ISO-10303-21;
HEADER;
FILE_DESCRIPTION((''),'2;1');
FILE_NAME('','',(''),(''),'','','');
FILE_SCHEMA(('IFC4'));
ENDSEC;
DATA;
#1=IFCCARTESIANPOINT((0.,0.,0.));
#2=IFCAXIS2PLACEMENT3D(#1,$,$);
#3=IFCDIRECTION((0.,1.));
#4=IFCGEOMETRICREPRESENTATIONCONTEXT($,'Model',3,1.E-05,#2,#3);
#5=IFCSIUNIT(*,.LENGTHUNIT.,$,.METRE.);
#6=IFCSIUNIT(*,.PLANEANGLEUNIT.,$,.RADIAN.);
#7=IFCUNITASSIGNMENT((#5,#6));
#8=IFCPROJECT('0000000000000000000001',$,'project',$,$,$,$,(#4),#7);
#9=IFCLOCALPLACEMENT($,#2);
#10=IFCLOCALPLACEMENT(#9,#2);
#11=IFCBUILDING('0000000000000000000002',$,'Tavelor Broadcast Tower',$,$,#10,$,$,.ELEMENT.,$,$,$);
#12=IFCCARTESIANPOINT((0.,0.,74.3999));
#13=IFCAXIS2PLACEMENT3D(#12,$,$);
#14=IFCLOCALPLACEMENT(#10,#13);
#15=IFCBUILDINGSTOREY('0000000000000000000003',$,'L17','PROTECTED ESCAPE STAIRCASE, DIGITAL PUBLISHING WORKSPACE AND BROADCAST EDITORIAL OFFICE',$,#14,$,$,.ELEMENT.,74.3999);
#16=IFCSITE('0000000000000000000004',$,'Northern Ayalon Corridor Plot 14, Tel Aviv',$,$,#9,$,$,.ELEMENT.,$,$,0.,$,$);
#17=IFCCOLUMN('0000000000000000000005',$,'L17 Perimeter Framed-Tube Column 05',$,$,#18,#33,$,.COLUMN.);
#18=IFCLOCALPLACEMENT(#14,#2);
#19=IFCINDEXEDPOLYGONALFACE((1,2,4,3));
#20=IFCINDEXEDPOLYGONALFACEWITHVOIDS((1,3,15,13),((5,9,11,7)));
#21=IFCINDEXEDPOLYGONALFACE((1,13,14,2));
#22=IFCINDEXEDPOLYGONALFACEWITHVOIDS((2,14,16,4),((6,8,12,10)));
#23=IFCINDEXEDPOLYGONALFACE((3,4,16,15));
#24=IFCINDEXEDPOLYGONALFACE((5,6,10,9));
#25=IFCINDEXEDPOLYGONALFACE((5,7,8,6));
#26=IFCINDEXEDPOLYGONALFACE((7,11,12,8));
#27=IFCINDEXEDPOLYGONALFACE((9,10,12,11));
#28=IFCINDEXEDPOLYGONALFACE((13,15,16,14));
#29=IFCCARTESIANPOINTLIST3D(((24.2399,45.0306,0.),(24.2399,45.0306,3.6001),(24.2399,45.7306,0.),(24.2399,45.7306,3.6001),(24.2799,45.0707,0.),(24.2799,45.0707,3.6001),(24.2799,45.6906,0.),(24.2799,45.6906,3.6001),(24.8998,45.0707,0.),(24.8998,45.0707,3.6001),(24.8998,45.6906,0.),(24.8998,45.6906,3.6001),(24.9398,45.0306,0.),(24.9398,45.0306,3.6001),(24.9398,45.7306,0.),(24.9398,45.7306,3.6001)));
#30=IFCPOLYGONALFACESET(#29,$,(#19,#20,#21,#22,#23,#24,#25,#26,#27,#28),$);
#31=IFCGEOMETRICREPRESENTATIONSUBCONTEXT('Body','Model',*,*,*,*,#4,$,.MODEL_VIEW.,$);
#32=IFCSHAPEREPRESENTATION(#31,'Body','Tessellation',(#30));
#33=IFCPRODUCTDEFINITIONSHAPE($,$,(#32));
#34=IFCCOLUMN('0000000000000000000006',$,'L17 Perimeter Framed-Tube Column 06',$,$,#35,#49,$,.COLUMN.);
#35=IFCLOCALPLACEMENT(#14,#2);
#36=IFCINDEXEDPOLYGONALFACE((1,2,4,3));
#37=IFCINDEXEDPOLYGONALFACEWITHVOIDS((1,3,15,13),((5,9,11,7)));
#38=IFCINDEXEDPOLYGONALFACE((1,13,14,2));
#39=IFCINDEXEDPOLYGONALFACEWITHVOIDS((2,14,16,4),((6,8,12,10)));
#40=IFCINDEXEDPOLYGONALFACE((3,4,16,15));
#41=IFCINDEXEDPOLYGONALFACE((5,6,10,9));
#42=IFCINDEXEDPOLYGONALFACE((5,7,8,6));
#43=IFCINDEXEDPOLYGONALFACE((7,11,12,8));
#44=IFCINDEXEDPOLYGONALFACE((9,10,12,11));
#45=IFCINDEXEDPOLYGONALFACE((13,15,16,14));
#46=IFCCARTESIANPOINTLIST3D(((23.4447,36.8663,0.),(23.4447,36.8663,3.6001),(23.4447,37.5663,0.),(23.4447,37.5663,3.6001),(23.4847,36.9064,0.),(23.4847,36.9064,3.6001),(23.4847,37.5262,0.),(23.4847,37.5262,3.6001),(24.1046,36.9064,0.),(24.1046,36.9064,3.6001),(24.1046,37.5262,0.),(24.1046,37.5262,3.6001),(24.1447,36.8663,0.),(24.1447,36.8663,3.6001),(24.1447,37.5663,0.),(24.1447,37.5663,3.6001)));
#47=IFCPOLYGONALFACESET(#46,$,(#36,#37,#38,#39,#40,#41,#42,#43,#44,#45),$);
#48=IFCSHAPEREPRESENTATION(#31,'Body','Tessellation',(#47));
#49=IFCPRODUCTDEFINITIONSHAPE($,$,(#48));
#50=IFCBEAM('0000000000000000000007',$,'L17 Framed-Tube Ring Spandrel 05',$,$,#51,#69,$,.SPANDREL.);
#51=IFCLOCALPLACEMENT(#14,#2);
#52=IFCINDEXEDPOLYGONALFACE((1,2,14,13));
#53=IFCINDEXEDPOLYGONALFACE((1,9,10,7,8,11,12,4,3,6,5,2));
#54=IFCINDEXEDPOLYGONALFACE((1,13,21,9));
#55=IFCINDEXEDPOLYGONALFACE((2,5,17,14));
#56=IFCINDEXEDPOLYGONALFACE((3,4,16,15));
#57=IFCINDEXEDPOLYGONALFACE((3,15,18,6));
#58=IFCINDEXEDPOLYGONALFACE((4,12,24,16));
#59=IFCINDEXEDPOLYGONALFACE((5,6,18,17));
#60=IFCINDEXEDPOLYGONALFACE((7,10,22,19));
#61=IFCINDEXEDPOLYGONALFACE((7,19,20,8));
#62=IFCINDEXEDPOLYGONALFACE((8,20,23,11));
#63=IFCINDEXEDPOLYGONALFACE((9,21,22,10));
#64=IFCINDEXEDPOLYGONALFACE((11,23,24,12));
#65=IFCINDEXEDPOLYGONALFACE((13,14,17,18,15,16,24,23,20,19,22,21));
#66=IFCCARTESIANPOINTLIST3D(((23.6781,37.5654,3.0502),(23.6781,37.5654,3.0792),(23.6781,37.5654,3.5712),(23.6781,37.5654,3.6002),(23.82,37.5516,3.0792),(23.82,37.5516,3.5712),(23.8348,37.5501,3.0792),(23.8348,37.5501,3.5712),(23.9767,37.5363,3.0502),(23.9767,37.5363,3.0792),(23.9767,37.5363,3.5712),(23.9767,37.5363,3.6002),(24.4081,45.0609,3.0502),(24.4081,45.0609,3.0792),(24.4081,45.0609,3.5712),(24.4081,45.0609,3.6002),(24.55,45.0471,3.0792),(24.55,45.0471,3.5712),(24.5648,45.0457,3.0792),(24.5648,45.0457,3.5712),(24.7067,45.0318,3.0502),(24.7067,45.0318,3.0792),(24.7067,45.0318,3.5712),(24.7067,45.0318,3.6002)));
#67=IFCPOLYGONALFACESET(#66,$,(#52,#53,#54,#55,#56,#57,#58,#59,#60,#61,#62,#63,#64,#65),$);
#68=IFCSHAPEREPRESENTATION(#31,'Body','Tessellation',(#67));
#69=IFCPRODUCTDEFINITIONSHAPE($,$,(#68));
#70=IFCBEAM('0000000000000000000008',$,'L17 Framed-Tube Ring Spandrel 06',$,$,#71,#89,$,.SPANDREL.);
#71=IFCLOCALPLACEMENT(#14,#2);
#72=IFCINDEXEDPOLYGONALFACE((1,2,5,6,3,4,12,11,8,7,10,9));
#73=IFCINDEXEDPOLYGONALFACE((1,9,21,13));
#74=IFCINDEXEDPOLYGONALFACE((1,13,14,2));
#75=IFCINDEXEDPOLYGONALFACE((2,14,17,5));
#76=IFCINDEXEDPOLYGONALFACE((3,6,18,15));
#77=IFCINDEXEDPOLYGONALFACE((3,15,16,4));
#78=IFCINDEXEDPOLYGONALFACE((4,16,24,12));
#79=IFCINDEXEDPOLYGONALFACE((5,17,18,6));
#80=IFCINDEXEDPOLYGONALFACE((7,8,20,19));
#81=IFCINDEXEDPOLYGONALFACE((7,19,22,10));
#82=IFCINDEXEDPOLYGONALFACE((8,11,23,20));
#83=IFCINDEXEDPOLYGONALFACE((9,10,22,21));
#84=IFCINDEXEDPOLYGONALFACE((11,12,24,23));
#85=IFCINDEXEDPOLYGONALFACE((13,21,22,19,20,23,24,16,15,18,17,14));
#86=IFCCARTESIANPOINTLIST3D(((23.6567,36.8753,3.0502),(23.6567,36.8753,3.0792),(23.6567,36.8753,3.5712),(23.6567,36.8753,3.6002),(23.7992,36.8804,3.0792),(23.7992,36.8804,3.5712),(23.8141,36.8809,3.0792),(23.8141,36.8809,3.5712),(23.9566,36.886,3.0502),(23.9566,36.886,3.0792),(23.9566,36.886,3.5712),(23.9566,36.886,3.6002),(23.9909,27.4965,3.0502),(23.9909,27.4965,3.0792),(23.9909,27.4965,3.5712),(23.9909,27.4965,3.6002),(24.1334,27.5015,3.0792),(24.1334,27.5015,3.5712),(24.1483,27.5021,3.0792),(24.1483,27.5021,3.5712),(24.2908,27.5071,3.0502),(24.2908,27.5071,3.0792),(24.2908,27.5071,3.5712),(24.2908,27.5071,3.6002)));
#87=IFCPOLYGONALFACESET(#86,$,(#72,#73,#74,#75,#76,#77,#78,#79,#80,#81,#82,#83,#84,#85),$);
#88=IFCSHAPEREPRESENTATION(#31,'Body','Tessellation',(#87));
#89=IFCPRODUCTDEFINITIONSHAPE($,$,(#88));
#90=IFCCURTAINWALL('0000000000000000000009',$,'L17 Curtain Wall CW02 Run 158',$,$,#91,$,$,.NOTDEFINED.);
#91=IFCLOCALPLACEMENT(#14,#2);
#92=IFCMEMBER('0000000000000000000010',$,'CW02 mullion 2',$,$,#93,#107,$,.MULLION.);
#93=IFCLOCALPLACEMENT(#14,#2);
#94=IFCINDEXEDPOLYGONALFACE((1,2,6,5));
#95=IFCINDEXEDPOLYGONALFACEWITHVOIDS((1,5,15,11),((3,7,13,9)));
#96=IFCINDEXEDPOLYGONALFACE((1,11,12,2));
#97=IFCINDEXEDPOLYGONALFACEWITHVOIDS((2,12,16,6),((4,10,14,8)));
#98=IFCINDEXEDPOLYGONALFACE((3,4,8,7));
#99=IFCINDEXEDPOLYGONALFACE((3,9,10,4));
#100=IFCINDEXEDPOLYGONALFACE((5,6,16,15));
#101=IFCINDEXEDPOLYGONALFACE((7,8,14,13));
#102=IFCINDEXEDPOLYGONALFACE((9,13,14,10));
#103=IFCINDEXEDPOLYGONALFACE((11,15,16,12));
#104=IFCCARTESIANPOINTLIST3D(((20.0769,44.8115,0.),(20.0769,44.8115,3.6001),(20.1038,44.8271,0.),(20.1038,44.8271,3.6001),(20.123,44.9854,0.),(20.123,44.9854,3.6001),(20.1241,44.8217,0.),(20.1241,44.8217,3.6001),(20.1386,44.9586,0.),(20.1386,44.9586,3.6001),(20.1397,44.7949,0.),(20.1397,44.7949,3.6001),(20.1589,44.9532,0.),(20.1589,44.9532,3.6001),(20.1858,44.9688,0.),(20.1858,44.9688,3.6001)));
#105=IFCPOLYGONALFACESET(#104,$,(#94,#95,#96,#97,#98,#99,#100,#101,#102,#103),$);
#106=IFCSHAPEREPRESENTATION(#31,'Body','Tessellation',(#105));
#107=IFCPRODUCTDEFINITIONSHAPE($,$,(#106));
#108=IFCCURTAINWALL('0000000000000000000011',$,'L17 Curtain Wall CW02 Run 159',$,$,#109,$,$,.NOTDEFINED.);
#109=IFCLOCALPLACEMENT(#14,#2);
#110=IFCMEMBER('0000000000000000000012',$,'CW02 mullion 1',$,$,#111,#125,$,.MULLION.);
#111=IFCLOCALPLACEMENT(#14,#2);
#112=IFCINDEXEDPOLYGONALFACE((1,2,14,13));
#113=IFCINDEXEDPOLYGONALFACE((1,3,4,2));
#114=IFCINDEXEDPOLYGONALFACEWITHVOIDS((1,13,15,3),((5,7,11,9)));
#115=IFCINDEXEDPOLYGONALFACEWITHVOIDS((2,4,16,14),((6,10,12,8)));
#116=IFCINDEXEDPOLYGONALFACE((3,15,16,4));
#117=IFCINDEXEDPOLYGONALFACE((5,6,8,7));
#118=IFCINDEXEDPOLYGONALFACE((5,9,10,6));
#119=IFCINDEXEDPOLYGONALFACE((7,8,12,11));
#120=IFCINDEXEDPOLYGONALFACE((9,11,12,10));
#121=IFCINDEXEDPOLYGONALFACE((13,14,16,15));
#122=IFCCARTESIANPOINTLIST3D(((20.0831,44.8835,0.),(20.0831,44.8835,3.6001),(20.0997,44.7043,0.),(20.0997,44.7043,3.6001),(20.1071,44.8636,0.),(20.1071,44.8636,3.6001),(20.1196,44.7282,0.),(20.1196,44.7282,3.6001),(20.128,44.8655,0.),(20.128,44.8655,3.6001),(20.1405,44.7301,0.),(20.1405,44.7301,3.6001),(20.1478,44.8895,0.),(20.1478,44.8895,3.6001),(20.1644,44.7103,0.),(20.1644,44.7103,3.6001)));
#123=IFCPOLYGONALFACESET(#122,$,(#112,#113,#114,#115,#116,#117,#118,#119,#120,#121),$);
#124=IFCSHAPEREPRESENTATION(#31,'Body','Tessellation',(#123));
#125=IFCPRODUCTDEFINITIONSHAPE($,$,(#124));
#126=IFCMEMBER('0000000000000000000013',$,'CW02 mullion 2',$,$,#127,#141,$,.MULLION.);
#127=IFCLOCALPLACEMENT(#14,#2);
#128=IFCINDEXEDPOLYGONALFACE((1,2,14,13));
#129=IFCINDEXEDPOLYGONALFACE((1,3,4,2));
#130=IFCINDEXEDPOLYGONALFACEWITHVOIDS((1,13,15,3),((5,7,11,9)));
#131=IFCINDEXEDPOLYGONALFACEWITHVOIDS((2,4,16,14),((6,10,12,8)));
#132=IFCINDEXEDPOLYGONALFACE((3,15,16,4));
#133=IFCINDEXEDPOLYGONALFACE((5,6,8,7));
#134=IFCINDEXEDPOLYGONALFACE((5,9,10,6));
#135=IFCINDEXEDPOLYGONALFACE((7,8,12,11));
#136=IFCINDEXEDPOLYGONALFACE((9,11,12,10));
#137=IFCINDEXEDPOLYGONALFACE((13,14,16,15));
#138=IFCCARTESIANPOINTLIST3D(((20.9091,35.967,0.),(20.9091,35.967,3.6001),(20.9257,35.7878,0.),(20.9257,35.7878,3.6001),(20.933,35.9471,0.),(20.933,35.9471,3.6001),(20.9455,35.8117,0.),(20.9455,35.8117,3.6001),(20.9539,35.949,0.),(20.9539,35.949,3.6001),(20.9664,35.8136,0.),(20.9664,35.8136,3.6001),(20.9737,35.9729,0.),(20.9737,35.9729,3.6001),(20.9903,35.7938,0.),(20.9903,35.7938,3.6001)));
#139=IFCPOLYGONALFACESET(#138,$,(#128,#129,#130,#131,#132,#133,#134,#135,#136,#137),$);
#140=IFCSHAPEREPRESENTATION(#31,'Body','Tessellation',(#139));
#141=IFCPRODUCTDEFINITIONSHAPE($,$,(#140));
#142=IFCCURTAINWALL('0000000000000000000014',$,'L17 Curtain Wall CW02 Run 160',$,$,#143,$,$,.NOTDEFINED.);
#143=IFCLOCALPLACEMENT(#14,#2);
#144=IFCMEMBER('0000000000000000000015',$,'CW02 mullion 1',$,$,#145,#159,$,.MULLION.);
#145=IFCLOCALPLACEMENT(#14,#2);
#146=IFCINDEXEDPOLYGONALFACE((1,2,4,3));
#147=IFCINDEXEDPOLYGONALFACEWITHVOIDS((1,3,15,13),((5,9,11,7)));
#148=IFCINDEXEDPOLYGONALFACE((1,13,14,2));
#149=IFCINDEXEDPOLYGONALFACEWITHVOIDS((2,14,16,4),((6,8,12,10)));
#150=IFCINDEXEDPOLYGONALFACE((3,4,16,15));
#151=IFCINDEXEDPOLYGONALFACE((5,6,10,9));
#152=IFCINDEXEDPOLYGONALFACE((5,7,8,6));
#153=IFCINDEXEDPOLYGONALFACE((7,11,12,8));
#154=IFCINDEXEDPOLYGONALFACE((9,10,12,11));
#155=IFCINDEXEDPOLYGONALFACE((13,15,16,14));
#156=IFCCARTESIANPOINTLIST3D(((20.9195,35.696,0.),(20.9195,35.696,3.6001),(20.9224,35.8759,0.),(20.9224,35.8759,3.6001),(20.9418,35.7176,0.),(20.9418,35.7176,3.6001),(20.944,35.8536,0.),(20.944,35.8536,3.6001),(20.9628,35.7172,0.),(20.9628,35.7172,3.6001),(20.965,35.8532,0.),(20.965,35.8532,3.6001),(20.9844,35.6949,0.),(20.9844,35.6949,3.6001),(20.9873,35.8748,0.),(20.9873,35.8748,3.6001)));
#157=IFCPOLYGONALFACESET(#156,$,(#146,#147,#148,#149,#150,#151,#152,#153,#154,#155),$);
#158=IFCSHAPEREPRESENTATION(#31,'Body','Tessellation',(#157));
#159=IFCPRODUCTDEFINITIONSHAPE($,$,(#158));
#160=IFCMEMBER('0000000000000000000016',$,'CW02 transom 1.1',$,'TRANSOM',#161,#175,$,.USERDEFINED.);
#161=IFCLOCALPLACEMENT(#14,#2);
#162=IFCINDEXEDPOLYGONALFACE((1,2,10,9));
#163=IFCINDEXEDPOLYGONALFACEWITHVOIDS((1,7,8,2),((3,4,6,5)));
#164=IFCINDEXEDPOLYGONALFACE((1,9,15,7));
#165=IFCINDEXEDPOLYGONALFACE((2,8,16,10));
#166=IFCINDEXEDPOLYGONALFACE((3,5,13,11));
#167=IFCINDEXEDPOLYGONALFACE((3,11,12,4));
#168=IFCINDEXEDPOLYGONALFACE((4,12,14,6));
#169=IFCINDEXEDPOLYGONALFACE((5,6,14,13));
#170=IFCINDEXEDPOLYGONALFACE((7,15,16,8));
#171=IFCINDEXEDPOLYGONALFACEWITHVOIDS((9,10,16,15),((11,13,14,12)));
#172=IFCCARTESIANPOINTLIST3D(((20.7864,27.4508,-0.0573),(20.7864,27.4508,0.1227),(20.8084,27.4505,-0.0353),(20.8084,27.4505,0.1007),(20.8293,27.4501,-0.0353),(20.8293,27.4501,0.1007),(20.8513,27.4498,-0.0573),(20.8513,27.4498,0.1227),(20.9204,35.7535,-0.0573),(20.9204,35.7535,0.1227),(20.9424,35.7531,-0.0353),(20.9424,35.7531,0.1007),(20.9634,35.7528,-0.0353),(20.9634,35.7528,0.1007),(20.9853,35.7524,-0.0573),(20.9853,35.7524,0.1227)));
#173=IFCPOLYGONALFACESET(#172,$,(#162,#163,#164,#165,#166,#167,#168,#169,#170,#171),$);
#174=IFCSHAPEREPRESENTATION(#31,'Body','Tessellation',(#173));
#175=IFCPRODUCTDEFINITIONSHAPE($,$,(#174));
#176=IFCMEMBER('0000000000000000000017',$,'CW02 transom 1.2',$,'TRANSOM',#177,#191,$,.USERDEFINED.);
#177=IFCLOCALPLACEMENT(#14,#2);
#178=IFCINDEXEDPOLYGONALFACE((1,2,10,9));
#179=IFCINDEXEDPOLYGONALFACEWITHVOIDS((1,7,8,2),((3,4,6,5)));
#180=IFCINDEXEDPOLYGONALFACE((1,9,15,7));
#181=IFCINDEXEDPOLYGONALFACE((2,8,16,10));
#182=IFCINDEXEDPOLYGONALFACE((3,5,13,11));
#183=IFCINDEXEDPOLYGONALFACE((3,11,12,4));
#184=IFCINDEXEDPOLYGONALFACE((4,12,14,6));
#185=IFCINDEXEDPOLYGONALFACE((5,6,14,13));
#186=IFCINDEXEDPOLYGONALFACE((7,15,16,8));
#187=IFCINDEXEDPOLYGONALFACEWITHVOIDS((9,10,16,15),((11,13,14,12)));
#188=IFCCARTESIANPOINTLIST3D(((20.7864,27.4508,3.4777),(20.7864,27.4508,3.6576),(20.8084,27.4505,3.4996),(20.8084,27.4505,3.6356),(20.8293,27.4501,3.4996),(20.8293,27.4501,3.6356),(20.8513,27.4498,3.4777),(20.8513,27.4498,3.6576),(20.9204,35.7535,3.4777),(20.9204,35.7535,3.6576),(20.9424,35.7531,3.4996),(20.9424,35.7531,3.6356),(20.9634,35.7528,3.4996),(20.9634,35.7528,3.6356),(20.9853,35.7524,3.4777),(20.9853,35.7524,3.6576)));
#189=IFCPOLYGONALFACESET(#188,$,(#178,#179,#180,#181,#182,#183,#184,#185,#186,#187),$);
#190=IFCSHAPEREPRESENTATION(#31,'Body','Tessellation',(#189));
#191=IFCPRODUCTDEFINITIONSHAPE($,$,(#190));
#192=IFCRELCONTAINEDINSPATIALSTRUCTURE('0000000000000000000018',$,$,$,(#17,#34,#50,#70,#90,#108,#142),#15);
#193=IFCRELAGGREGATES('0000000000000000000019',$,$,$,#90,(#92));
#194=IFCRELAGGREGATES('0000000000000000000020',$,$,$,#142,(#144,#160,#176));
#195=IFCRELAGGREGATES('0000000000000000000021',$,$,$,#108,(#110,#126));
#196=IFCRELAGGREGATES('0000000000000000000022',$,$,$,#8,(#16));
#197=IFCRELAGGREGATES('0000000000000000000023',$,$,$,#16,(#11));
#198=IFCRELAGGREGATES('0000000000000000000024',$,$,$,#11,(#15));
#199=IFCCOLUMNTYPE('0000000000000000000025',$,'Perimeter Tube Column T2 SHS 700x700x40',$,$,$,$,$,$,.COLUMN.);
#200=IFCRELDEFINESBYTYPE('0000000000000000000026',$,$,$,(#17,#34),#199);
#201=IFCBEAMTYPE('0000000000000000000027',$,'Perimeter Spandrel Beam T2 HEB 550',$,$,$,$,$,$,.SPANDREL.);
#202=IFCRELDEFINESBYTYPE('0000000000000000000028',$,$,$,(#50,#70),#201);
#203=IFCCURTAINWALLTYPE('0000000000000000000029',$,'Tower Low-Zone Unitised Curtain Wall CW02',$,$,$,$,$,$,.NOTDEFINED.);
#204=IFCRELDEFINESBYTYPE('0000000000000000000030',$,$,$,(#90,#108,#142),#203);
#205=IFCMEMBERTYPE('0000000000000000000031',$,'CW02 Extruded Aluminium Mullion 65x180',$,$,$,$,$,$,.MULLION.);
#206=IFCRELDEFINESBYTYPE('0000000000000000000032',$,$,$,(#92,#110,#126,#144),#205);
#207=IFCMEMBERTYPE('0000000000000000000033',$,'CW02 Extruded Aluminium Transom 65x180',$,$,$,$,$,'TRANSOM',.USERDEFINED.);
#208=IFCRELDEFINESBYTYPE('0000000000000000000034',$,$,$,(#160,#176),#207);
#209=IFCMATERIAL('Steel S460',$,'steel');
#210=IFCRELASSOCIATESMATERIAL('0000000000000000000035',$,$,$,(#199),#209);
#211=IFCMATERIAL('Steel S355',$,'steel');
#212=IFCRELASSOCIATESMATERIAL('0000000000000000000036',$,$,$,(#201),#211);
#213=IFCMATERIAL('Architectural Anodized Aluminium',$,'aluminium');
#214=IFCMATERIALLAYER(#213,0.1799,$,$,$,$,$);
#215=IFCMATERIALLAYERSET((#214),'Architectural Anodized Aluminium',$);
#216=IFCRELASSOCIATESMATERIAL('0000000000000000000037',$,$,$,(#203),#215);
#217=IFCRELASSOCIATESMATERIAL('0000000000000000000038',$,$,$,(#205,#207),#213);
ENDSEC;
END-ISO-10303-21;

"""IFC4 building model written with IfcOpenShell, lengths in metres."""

from ifc_helpers import new_model, si_unit, direction, frame, origin, origin_2d, place, context, subcontext, project, spatial, hollow_rectangle, i_section, extrude, source, transform, mapped, material, layer, layer_set, material_profile, profile_set, type_object, type_shapes, element, aggregate, save


model = new_model("IFC4")

# Units and contexts
model_context = context("Model", 3, precision=1e-05, world=origin(), true_north=direction((0.0, 1.0)))
body_context = subcontext(model_context, "Body", "Model", "MODEL_VIEW")
ifc_project = project(units=[si_unit("LENGTHUNIT", "METRE"), si_unit("PLANEANGLEUNIT", "RADIAN")], contexts=[model_context])

# Site, building, storey
site_placement = place(None, origin())
site = spatial("IfcSite", under=ifc_project, at=site_placement, Name="Northern Ayalon Corridor Plot 14, Tel Aviv", CompositionType="ELEMENT", RefElevation=0.0)
building_placement = place(site_placement, origin())
building = spatial("IfcBuilding", under=site, at=building_placement, Name="Tavelor Broadcast Tower", CompositionType="ELEMENT")
storey_placement = place(building_placement, frame((0.0, 0.0, 74.3999)))
storey = spatial("IfcBuildingStorey", under=building, at=storey_placement, Name="L17", Description="PROTECTED ESCAPE STAIRCASE, DIGITAL PUBLISHING WORKSPACE AND BROADCAST EDITORIAL OFFICE", CompositionType="ELEMENT", Elevation=74.3999)

# Columns
ifc_material_1 = material(Name="Steel S460", Category="steel")
ifc_material_profile_1 = material_profile(ifc_material_1, hollow_rectangle(XDim=0.7, YDim=0.7, WallThickness=0.04, at=origin_2d()), Name="SHS 700x700x40")
ifc_profile_set_1 = profile_set([ifc_material_profile_1], Name="Steel S460")
column_type = type_object("IfcColumnType", Name="Perimeter Tube Column T2 SHS 700x700x40", PredefinedType="COLUMN", material=ifc_profile_set_1)
for number, where, z_axis, x_axis, name in (
    (1, (24.5898, 45.3806, 0.0), (0.0, 0.0, 1.0), (1.0, 0.0, 0.0), "L17 Perimeter Framed-Tube Column 05"),
    (2, (23.7947, 37.2163, 0.0), (0.0, 0.0, 1.0), (1.0, 0.0, 0.0), "L17 Perimeter Framed-Tube Column 06"),
):
    element("IfcColumn", number, at=place(storey_placement, frame(where, z_axis=z_axis, x_axis=x_axis)), inside=storey, type_object=column_type, Name=name, PredefinedType="COLUMN", context=body_context, shape_type="SweptSolid", body=[
        extrude(hollow_rectangle(XDim=0.7, YDim=0.7, WallThickness=0.04, at=origin_2d()), origin(), (0.0, 0.0, 1.0), 3.6001),
    ])

# Beams
ifc_material_2 = material(Name="Steel S355", Category="steel")
ifc_material_profile_2 = material_profile(ifc_material_2, i_section(OverallWidth=0.3, OverallDepth=0.55, WebThickness=0.0149, FlangeThickness=0.0291, at=origin_2d()), Name="HEB 550")
ifc_profile_set_2 = profile_set([ifc_material_profile_2], Name="Steel S355")
beam_type = type_object("IfcBeamType", Name="Perimeter Spandrel Beam T2 HEB 550", PredefinedType="SPANDREL", material=ifc_profile_set_2)
beam_1_placement = place(storey_placement, frame((24.5574, 45.0464, 3.3252), z_axis=(-0.096929, -0.995291, 0.0), x_axis=(0.995291, -0.096929, 0.0)))
element("IfcBeam", 3, at=beam_1_placement, inside=storey, type_object=beam_type, Name="L17 Framed-Tube Ring Spandrel 05", PredefinedType="SPANDREL", context=body_context, shape_type="SweptSolid", body=[
    extrude(i_section(OverallWidth=0.3, OverallDepth=0.55, WebThickness=0.0149, FlangeThickness=0.0291, at=origin_2d()), origin(), (0.0, 0.0, 1.0), 7.531),
])
beam_2_placement = place(storey_placement, frame((23.8066, 36.8806, 3.3252), z_axis=(0.035614, -0.999366, 0.0), x_axis=(0.999366, 0.035614, 0.0)))
element("IfcBeam", 4, at=beam_2_placement, inside=storey, type_object=beam_type, Name="L17 Framed-Tube Ring Spandrel 06", PredefinedType="SPANDREL", context=body_context, shape_type="SweptSolid", body=[
    extrude(i_section(OverallWidth=0.3, OverallDepth=0.55, WebThickness=0.0149, FlangeThickness=0.0291, at=origin_2d()), origin(), (0.0, 0.0, 1.0), 9.3848),
])

# Curtain wall, member
ifc_material_3 = material(Name="Architectural Anodized Aluminium", Category="aluminium")
ifc_layer_1 = layer(ifc_material_3, 0.1799)
ifc_layer_set_1 = layer_set([ifc_layer_1], Name="Architectural Anodized Aluminium")
curtain_wall_type = type_object("IfcCurtainWallType", Name="Tower Low-Zone Unitised Curtain Wall CW02", PredefinedType="NOTDEFINED", material=ifc_layer_set_1)
curtain_wall_1_placement = place(storey_placement, origin())
curtain_wall_1 = element("IfcCurtainWall", 5, at=curtain_wall_1_placement, inside=storey, type_object=curtain_wall_type, Name="L17 Curtain Wall CW02 Run 158", PredefinedType="NOTDEFINED")
ifc_material_profile_3 = material_profile(ifc_material_3, hollow_rectangle(XDim=0.0649, YDim=0.1799, WallThickness=0.022, at=origin_2d()), Name="RHS 65x180x22")
ifc_profile_set_3 = profile_set([ifc_material_profile_3], Name="Architectural Anodized Aluminium")
member_type_1 = type_object("IfcMemberType", Name="CW02 Extruded Aluminium Mullion 65x180", PredefinedType="MULLION", material=ifc_profile_set_3)
shared_shape_1 = source(origin(), body_context, "Body", "SweptSolid", [
    extrude(hollow_rectangle(XDim=0.0649, YDim=0.1799, WallThickness=0.022, at=origin_2d()), origin(), (0.0, 0.0, 1.0), 3.6001),
])
type_shapes(member_type_1, [shared_shape_1])
member_1_placement = place(storey_placement, frame((20.1313, 44.8901, 0.0), z_axis=(0.0, 0.0, 1.0), x_axis=(0.96671, -0.255875, 0.0)))
member_1 = element("IfcMember", 6, at=member_1_placement, type_object=member_type_1, Name="CW02 mullion 2", PredefinedType="MULLION", context=body_context, shape_type="MappedRepresentation", body=[
    mapped(shared_shape_1, transform((0.0, 0.0, 0.0), scale=1.0)),
])
aggregate(curtain_wall_1, [member_1])

# Curtain walls, members
curtain_wall_2_placement = place(storey_placement, origin())
curtain_wall_2 = element("IfcCurtainWall", 7, at=curtain_wall_2_placement, inside=storey, type_object=curtain_wall_type, Name="L17 Curtain Wall CW02 Run 159", PredefinedType="NOTDEFINED")
member_2_placement = place(storey_placement, frame((20.1238, 44.7969, 0.0), z_axis=(0.0, 0.0, 1.0), x_axis=(0.995737, 0.092242, 0.0)))
member_2 = element("IfcMember", 8, at=member_2_placement, type_object=member_type_1, Name="CW02 mullion 1", PredefinedType="MULLION", context=body_context, shape_type="MappedRepresentation", body=[
    mapped(shared_shape_1, transform((0.0, 0.0, 0.0), scale=1.0)),
])
member_3_placement = place(storey_placement, frame((20.9497, 35.8804, 0.0), z_axis=(0.0, 0.0, 1.0), x_axis=(0.995737, 0.092242, 0.0)))
member_3 = element("IfcMember", 9, at=member_3_placement, type_object=member_type_1, Name="CW02 mullion 2", PredefinedType="MULLION", context=body_context, shape_type="MappedRepresentation", body=[
    mapped(shared_shape_1, transform((0.0, 0.0, 0.0), scale=1.0)),
])
curtain_wall_3_placement = place(storey_placement, origin())
curtain_wall_3 = element("IfcCurtainWall", 10, at=curtain_wall_3_placement, inside=storey, type_object=curtain_wall_type, Name="L17 Curtain Wall CW02 Run 160", PredefinedType="NOTDEFINED")
member_4_placement = place(storey_placement, frame((20.9534, 35.7854, 0.0), z_axis=(0.0, 0.0, 1.0), x_axis=(0.99987, -0.016126, 0.0)))
member_4 = element("IfcMember", 11, at=member_4_placement, type_object=member_type_1, Name="CW02 mullion 1", PredefinedType="MULLION", context=body_context, shape_type="MappedRepresentation", body=[
    mapped(shared_shape_1, transform((0.0, 0.0, 0.0), scale=1.0)),
])
ifc_material_profile_4 = material_profile(ifc_material_3, hollow_rectangle(XDim=0.0649, YDim=0.1799, WallThickness=0.022, at=origin_2d()), Name="RHS 65x180x22")
ifc_profile_set_4 = profile_set([ifc_material_profile_4], Name="Architectural Anodized Aluminium")
member_type_2 = type_object("IfcMemberType", Name="CW02 Extruded Aluminium Transom 65x180", ElementType="TRANSOM", PredefinedType="USERDEFINED", material=ifc_profile_set_4)
shared_shape_2 = source(origin(), body_context, "Body", "SweptSolid", [
    extrude(hollow_rectangle(XDim=0.0649, YDim=0.1799, WallThickness=0.022, at=origin_2d()), origin(), (0.0, 0.0, 1.0), 8.3037),
])
member_5_placement = place(storey_placement, frame((20.9529, 35.7529, 0.0327), z_axis=(-0.016141, -0.99987, 0.0), x_axis=(0.99987, -0.016141, 0.0)))
member_5 = element("IfcMember", 12, at=member_5_placement, type_object=member_type_2, Name="CW02 transom 1.1", ObjectType="TRANSOM", PredefinedType="USERDEFINED", context=body_context, shape_type="MappedRepresentation", body=[
    mapped(shared_shape_2, transform((0.0, 0.0, 0.0), scale=1.0)),
])
member_6_placement = place(storey_placement, frame((20.9529, 35.7529, 3.5676), z_axis=(-0.016141, -0.99987, 0.0), x_axis=(0.99987, -0.016141, 0.0)))
member_6 = element("IfcMember", 13, at=member_6_placement, type_object=member_type_2, Name="CW02 transom 1.2", ObjectType="TRANSOM", PredefinedType="USERDEFINED", context=body_context, shape_type="MappedRepresentation", body=[
    mapped(shared_shape_2, transform((0.0, 0.0, 0.0), scale=1.0)),
])

aggregate(curtain_wall_3, [member_4, member_5, member_6])
aggregate(curtain_wall_2, [member_2, member_3])

save(model, "model.ifc")
